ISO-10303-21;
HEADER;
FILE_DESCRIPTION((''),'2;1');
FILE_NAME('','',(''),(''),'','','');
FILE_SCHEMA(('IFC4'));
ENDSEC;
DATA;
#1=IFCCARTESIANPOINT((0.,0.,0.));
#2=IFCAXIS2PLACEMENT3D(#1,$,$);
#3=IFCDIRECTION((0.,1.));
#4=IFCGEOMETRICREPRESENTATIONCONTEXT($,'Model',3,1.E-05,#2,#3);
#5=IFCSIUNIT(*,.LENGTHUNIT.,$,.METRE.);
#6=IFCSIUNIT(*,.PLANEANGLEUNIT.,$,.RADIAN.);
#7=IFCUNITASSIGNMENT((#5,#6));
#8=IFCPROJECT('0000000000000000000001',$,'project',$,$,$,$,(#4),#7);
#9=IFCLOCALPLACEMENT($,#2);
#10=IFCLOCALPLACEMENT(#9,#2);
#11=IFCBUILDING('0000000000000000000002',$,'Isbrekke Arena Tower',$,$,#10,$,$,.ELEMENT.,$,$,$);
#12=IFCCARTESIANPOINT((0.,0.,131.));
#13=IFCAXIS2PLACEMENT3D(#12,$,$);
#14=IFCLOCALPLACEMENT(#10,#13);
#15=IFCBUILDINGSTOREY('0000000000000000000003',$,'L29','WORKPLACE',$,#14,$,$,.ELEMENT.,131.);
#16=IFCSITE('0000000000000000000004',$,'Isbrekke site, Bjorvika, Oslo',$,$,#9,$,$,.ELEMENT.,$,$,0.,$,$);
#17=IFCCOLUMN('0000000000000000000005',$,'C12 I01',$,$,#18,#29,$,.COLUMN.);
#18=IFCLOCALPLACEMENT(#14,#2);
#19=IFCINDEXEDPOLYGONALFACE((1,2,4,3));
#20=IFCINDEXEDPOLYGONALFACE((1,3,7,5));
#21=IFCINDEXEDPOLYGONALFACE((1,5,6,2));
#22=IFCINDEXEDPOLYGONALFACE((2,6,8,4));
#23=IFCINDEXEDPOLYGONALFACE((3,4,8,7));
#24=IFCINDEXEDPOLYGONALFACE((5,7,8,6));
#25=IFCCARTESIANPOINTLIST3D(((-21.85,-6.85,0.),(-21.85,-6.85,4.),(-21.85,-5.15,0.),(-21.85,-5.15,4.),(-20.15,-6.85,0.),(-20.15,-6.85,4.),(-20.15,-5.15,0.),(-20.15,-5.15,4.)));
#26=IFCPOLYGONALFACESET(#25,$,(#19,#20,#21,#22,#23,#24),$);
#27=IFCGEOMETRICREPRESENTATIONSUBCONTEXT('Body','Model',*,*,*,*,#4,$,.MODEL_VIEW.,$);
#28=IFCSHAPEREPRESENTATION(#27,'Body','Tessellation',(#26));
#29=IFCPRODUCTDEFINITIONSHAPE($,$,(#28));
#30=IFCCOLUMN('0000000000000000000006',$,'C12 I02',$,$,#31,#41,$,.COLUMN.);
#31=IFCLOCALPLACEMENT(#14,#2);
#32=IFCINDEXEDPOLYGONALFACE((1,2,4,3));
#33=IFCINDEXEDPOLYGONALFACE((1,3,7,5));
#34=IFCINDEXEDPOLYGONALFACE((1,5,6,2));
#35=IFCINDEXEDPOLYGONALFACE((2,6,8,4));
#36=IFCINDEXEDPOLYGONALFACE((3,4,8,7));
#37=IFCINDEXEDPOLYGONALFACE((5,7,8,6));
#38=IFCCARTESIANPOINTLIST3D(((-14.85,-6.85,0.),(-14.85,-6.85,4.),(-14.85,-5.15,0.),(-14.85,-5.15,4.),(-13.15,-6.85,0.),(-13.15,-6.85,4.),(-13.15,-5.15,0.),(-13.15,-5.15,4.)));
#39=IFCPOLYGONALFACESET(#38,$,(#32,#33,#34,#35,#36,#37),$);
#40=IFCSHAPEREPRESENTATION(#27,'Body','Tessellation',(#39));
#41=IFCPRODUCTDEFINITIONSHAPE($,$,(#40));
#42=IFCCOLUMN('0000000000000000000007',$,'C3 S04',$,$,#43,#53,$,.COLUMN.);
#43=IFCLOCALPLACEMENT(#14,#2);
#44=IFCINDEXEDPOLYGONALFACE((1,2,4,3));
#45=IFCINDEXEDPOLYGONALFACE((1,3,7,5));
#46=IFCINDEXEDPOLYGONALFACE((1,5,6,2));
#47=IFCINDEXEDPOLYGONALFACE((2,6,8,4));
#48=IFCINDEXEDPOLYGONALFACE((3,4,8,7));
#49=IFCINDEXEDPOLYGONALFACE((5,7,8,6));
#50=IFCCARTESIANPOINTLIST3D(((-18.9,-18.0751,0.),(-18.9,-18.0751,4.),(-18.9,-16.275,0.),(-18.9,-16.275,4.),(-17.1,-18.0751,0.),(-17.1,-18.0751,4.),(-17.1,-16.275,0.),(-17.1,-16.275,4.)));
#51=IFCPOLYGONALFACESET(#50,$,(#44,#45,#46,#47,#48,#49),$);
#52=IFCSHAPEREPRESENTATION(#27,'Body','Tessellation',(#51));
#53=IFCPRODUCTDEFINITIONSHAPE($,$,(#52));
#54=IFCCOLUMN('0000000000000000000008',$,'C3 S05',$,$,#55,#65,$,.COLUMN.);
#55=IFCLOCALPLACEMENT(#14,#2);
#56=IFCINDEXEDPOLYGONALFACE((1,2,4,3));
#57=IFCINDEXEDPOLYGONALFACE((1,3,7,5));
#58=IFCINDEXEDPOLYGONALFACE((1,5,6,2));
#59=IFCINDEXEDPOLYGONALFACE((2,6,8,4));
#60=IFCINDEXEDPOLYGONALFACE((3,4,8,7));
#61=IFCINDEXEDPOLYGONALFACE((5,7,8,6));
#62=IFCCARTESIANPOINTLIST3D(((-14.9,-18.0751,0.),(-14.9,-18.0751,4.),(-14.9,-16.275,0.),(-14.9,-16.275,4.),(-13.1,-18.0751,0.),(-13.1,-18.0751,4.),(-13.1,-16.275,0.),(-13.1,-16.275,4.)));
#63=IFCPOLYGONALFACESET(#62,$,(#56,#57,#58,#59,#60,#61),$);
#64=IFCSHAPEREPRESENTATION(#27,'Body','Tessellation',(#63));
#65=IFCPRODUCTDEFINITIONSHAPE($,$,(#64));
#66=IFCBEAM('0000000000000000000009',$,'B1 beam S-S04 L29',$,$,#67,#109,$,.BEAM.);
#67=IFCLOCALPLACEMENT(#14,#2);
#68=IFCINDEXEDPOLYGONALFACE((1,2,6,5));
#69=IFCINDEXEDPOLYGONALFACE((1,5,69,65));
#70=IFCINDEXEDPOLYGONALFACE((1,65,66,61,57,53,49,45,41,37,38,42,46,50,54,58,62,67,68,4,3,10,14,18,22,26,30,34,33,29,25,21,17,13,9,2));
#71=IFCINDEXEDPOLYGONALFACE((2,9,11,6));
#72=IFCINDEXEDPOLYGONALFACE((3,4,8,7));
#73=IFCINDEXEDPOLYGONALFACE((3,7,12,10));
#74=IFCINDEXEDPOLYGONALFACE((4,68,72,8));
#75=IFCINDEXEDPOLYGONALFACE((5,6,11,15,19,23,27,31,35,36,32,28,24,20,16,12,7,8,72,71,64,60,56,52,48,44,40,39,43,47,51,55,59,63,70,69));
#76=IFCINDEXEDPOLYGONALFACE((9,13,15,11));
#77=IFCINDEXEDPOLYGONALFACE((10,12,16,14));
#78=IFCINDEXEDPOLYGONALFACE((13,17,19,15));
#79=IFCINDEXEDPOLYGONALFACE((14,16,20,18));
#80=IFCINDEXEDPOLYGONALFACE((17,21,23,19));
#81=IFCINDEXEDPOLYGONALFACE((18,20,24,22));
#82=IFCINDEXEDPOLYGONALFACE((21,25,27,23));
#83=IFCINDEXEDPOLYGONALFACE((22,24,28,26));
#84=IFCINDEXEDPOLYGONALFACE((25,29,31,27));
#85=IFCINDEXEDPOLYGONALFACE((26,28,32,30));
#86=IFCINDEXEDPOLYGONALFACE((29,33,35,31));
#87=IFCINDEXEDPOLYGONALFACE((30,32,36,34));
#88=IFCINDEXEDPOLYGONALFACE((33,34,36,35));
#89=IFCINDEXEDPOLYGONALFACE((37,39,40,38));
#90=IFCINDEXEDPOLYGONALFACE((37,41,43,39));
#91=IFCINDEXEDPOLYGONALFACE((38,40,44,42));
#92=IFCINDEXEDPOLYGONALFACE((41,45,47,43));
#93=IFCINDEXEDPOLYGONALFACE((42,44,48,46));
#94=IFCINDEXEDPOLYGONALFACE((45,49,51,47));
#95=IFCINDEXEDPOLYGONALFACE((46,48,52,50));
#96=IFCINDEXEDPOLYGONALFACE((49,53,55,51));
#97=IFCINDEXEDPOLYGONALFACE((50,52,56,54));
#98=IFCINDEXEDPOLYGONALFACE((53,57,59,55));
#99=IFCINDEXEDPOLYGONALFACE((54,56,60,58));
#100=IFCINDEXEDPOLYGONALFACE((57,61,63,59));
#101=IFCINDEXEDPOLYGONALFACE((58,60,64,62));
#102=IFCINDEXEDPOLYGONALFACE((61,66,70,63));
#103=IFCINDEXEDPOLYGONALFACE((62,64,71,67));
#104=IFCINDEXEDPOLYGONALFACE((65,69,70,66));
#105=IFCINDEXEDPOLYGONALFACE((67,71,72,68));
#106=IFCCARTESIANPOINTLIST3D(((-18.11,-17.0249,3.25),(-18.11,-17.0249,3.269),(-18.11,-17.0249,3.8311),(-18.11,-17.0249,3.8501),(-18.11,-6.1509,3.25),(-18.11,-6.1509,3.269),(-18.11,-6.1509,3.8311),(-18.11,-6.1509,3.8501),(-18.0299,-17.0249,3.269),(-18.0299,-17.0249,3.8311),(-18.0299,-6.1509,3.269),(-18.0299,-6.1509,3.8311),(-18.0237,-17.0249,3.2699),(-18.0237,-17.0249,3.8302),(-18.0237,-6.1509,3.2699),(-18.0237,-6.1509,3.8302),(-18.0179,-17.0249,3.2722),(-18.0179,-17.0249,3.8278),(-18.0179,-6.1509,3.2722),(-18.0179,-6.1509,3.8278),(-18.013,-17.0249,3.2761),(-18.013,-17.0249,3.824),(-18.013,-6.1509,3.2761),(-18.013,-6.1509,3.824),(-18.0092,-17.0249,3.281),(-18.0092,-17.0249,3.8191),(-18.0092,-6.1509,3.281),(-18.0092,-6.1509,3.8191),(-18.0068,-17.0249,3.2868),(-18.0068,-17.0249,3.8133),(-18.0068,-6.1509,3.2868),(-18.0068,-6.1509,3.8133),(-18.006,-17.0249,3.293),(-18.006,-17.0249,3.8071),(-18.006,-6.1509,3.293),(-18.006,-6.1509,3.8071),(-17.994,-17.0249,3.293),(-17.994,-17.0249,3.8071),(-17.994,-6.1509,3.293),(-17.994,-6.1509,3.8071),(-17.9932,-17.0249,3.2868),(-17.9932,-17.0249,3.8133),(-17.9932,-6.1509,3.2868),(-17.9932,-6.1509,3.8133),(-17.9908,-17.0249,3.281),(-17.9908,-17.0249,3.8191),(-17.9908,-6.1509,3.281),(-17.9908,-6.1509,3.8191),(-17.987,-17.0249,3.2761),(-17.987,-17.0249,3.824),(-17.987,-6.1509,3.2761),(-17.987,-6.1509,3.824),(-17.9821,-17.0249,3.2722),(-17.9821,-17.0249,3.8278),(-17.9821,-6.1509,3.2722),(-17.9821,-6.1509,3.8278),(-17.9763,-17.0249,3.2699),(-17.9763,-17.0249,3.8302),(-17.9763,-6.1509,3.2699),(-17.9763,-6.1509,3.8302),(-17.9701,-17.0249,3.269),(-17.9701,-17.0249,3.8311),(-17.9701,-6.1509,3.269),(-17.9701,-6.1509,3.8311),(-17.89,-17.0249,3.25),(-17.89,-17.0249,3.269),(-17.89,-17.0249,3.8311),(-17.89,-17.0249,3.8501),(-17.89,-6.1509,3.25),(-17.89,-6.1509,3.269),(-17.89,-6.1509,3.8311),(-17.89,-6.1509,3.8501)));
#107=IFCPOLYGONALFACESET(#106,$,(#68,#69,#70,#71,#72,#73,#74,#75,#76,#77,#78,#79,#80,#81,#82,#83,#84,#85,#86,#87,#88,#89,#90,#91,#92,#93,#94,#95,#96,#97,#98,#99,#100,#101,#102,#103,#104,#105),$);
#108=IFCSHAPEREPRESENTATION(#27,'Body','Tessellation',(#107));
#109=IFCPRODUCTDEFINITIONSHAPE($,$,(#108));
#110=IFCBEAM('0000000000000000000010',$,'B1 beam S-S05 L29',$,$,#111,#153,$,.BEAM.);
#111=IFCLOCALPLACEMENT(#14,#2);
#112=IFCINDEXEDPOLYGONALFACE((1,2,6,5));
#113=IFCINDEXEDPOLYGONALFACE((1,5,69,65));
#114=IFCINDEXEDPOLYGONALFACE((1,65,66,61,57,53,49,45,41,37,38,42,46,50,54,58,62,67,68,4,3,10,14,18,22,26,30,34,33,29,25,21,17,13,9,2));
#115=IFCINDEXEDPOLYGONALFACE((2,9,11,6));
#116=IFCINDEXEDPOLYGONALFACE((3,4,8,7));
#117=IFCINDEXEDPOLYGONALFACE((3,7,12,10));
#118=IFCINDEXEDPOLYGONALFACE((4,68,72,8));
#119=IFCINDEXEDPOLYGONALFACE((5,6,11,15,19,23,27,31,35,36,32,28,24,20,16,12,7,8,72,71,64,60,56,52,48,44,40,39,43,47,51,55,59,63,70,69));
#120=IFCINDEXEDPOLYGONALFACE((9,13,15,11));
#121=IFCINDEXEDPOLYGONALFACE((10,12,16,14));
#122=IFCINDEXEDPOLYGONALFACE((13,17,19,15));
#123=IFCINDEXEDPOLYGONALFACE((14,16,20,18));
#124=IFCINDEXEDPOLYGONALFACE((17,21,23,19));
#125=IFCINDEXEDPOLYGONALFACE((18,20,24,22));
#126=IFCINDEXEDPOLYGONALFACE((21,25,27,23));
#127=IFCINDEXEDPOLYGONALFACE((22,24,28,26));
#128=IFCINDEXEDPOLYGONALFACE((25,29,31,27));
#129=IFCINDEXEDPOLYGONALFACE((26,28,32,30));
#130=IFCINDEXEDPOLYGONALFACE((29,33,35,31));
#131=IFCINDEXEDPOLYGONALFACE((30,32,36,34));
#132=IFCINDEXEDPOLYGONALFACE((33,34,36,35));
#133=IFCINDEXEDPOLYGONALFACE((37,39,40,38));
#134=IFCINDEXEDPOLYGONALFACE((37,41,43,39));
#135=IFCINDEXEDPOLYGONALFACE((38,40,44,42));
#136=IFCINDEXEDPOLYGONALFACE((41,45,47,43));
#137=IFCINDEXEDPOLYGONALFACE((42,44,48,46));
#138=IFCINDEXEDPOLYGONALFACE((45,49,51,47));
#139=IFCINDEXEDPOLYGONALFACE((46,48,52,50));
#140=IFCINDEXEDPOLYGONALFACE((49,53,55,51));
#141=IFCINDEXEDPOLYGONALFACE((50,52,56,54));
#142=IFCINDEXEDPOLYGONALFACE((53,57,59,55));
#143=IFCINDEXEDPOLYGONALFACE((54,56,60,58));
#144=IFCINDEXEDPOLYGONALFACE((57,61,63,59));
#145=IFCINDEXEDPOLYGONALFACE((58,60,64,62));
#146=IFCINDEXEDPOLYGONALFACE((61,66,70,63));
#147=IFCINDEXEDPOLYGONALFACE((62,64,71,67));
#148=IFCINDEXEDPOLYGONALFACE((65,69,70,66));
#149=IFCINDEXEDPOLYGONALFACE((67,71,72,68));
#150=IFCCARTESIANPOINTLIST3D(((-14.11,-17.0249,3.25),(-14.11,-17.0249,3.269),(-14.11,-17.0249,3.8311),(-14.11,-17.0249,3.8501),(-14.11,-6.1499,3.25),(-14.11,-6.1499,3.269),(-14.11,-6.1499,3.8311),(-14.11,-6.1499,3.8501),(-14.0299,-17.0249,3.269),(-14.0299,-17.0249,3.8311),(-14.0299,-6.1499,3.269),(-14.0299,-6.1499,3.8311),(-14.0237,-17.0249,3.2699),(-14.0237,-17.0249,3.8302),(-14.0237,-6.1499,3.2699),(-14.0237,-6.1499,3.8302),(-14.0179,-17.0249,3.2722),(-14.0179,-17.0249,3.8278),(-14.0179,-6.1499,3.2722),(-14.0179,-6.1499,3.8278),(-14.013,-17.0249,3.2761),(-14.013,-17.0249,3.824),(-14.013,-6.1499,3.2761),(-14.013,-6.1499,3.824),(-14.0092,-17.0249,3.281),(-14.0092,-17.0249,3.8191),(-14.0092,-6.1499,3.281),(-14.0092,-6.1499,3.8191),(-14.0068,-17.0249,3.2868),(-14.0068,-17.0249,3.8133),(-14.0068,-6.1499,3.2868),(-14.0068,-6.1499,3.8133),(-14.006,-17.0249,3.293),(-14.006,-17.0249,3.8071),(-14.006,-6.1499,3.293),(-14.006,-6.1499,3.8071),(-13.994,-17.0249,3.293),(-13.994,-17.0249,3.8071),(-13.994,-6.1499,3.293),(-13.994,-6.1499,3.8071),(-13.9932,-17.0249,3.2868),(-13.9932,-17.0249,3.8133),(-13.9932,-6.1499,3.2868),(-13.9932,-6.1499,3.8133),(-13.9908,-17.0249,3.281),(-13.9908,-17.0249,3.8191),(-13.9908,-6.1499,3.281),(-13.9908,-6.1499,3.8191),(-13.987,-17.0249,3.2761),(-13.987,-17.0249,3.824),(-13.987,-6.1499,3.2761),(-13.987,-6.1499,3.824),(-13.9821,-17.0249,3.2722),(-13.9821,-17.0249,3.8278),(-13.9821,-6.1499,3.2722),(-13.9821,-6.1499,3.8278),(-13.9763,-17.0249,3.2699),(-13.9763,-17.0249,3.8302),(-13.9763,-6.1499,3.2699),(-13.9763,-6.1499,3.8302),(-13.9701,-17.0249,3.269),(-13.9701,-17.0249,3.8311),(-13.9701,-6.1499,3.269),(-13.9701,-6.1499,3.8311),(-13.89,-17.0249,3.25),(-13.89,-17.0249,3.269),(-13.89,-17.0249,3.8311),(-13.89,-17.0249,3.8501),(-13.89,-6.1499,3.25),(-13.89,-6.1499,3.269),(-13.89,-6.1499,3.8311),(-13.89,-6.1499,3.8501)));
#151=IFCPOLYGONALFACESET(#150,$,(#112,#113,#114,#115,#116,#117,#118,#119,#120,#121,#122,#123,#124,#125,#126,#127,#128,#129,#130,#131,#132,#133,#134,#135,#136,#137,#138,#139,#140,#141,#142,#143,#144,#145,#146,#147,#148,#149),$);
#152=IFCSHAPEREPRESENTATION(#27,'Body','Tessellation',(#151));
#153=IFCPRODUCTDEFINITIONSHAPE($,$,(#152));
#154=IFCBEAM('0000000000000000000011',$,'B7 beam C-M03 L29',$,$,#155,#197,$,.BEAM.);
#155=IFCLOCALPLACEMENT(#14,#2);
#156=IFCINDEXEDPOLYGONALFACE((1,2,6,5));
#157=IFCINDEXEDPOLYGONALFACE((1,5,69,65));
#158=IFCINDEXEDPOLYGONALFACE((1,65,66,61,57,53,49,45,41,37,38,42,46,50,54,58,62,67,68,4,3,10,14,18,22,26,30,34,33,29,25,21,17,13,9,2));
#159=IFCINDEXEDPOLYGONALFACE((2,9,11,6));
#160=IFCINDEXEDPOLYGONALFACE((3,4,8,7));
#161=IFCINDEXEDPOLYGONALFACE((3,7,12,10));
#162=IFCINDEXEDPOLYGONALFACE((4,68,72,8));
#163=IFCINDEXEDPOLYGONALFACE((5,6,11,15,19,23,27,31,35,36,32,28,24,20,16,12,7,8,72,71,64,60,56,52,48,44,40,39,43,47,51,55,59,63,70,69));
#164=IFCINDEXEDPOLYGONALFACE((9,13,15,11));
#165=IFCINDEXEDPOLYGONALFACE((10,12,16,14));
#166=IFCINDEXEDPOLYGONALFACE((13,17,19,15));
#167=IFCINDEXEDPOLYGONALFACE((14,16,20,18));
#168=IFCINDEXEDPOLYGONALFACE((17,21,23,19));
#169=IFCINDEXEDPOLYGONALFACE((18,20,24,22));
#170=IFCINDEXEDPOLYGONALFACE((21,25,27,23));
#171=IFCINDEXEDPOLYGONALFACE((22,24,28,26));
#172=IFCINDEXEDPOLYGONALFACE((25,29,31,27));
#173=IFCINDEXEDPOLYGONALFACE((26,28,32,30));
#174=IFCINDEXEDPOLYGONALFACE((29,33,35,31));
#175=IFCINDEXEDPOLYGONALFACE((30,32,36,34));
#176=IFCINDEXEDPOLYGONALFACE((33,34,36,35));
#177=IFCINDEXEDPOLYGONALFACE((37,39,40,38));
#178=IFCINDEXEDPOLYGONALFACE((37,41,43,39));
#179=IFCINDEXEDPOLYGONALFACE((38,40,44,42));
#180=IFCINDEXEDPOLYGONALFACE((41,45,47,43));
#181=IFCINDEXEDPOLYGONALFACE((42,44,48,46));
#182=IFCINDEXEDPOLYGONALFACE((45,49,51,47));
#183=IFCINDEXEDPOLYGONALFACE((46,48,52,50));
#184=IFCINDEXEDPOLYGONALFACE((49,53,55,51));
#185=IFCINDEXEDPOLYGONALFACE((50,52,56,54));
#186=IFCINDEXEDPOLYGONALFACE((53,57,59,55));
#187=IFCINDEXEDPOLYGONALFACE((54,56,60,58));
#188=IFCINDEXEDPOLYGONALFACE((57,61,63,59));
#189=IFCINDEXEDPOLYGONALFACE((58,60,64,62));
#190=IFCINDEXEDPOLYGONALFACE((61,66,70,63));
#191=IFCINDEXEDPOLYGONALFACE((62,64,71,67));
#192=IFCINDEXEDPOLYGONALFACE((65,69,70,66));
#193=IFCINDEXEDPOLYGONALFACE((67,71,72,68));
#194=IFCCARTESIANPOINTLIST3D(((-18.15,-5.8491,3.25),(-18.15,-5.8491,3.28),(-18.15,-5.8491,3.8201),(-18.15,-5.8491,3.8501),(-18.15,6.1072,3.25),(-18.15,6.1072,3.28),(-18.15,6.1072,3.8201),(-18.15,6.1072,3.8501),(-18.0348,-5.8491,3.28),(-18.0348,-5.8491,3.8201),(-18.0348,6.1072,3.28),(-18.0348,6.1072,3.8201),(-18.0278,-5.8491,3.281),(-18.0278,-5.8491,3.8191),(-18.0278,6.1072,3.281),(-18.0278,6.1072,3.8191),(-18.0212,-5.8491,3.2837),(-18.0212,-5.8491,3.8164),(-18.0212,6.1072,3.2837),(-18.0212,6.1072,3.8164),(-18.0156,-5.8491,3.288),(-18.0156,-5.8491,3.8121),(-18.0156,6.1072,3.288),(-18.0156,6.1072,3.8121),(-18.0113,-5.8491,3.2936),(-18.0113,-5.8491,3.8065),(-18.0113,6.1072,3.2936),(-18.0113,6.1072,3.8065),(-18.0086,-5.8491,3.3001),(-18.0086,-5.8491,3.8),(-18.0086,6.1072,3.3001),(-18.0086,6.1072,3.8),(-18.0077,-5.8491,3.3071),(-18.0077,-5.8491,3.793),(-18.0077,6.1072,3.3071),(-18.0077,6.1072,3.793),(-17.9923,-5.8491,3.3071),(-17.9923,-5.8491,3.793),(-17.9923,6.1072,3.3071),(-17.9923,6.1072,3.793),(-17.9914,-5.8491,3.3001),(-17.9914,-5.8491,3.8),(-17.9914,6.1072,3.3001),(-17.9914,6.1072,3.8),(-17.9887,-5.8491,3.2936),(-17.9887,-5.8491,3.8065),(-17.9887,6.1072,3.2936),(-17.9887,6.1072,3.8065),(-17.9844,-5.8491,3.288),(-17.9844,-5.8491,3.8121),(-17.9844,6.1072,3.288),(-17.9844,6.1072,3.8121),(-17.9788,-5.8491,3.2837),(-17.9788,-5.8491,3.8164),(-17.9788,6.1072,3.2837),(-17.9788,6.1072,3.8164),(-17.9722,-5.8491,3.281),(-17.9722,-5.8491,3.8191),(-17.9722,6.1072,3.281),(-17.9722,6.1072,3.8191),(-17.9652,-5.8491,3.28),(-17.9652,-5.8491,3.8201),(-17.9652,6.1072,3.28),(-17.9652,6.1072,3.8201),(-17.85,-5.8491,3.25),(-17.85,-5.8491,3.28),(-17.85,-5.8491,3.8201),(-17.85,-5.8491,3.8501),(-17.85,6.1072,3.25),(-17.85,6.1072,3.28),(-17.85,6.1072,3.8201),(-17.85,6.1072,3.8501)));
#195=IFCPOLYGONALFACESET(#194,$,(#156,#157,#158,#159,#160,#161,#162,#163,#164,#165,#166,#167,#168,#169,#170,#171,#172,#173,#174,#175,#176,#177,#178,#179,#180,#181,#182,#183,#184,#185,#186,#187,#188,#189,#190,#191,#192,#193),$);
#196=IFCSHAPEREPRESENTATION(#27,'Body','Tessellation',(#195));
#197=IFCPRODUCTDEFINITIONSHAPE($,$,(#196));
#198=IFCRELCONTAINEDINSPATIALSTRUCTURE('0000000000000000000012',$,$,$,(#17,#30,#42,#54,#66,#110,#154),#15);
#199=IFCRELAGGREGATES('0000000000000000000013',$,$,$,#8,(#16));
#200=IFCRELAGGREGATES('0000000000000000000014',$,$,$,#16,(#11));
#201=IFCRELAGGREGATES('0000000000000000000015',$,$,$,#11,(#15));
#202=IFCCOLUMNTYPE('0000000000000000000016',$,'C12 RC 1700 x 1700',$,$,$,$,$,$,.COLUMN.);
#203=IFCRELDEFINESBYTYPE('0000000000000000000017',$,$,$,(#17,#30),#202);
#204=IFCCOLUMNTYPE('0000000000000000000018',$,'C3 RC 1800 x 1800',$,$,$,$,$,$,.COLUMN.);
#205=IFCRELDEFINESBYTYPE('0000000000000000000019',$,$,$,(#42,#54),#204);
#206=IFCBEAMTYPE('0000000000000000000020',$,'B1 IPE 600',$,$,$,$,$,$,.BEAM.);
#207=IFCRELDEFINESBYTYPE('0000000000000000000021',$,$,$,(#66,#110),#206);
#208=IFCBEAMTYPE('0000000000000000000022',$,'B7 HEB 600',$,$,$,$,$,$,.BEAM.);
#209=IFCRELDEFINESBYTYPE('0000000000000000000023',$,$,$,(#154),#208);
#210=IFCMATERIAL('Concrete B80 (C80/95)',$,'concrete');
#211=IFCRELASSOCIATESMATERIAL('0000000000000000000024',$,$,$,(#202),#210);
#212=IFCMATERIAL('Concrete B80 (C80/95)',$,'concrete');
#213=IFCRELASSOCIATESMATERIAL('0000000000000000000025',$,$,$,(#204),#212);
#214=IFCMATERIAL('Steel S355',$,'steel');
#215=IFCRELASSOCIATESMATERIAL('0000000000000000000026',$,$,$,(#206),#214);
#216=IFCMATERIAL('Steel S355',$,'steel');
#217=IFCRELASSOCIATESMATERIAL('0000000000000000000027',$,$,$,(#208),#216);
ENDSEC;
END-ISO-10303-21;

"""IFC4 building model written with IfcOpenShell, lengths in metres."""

from ifc_helpers import new_model, si_unit, direction, frame, origin, origin_2d, place, context, subcontext, project, spatial, rectangle, i_section, extrude, material, material_profile, profile_set, type_object, element, save


model = new_model("IFC4")

# Units and contexts
model_context = context("Model", 3, precision=1e-05, world=origin(), true_north=direction((0.0, 1.0)))
body_context = subcontext(model_context, "Body", "Model", "MODEL_VIEW")
ifc_project = project(units=[si_unit("LENGTHUNIT", "METRE"), si_unit("PLANEANGLEUNIT", "RADIAN")], contexts=[model_context])

# Site, building, storey
site_placement = place(None, origin())
site = spatial("IfcSite", under=ifc_project, at=site_placement, Name="Isbrekke site, Bjorvika, Oslo", CompositionType="ELEMENT", RefElevation=0.0)
building_placement = place(site_placement, origin())
building = spatial("IfcBuilding", under=site, at=building_placement, Name="Isbrekke Arena Tower", CompositionType="ELEMENT")
storey_placement = place(building_placement, frame((0.0, 0.0, 131.0)))
storey = spatial("IfcBuildingStorey", under=building, at=storey_placement, Name="L29", Description="WORKPLACE", CompositionType="ELEMENT", Elevation=131.0)

# Columns
ifc_material_1 = material(Name="Concrete B80 (C80/95)", Category="concrete")
ifc_material_profile_1 = material_profile(ifc_material_1, rectangle(XDim=1.7, YDim=1.7, at=origin_2d()), Name="RC 1700x1700")
ifc_profile_set_1 = profile_set([ifc_material_profile_1], Name="Concrete B80 (C80/95)")
column_type_1 = type_object("IfcColumnType", Name="C12 RC 1700 x 1700", PredefinedType="COLUMN", material=ifc_profile_set_1)
for number, where, z_axis, x_axis, name in (
    (1, (-21.0, -6.0, 0.0), (0.0, 0.0, 1.0), (1.0, 0.0, 0.0), "C12 I01"),
    (2, (-14.0, -6.0, 0.0), (0.0, 0.0, 1.0), (1.0, 0.0, 0.0), "C12 I02"),
):
    element("IfcColumn", number, at=place(storey_placement, frame(where, z_axis=z_axis, x_axis=x_axis)), inside=storey, type_object=column_type_1, Name=name, PredefinedType="COLUMN", context=body_context, shape_type="SweptSolid", body=[
        extrude(rectangle(XDim=1.7, YDim=1.7, at=origin_2d()), origin(), (0.0, 0.0, 1.0), 4.0),
    ])
ifc_material_2 = material(Name="Concrete B80 (C80/95)", Category="concrete")
ifc_material_profile_2 = material_profile(ifc_material_2, rectangle(XDim=1.8, YDim=1.8, at=origin_2d()), Name="RC 1800x1800")
ifc_profile_set_2 = profile_set([ifc_material_profile_2], Name="Concrete B80 (C80/95)")
column_type_2 = type_object("IfcColumnType", Name="C3 RC 1800 x 1800", PredefinedType="COLUMN", material=ifc_profile_set_2)
for number, where, z_axis, x_axis, name in (
    (3, (-18.0, -17.175, 0.0), (0.0, 0.0, 1.0), (1.0, 0.0, 0.0), "C3 S04"),
    (4, (-14.0, -17.175, 0.0), (0.0, 0.0, 1.0), (1.0, 0.0, 0.0), "C3 S05"),
):
    element("IfcColumn", number, at=place(storey_placement, frame(where, z_axis=z_axis, x_axis=x_axis)), inside=storey, type_object=column_type_2, Name=name, PredefinedType="COLUMN", context=body_context, shape_type="SweptSolid", body=[
        extrude(rectangle(XDim=1.8, YDim=1.8, at=origin_2d()), origin(), (0.0, 0.0, 1.0), 4.0),
    ])

# Beams
ifc_material_3 = material(Name="Steel S355", Category="steel")
ifc_material_profile_3 = material_profile(ifc_material_3, i_section(OverallWidth=0.22, OverallDepth=0.6001, WebThickness=0.012, FlangeThickness=0.019, FilletRadius=0.0239, at=origin_2d()), Name="IPE 600")
ifc_profile_set_3 = profile_set([ifc_material_profile_3], Name="Steel S355")
beam_type_1 = type_object("IfcBeamType", Name="B1 IPE 600", PredefinedType="BEAM", material=ifc_profile_set_3)
beam_1_placement = place(storey_placement, frame((-18.0, -17.0249, 3.55), z_axis=(0.0, 1.0, 0.0), x_axis=(-1.0, 0.0, 0.0)))
element("IfcBeam", 5, at=beam_1_placement, inside=storey, type_object=beam_type_1, Name="B1 beam S-S04 L29", PredefinedType="BEAM", context=body_context, shape_type="SweptSolid", body=[
    extrude(i_section(OverallWidth=0.22, OverallDepth=0.6001, WebThickness=0.012, FlangeThickness=0.019, FilletRadius=0.0239, at=origin_2d()), origin(), (0.0, 0.0, 1.0), 10.874),
])
beam_2_placement = place(storey_placement, frame((-14.0, -17.0249, 3.55), z_axis=(0.0, 1.0, 0.0), x_axis=(-1.0, 0.0, 0.0)))
element("IfcBeam", 6, at=beam_2_placement, inside=storey, type_object=beam_type_1, Name="B1 beam S-S05 L29", PredefinedType="BEAM", context=body_context, shape_type="SweptSolid", body=[
    extrude(i_section(OverallWidth=0.22, OverallDepth=0.6001, WebThickness=0.012, FlangeThickness=0.019, FilletRadius=0.0239, at=origin_2d()), origin(), (0.0, 0.0, 1.0), 10.875),
])
ifc_material_4 = material(Name="Steel S355", Category="steel")
ifc_material_profile_4 = material_profile(ifc_material_4, i_section(OverallWidth=0.3, OverallDepth=0.6001, WebThickness=0.0154, FlangeThickness=0.03, FilletRadius=0.0271, at=origin_2d()), Name="HEB 600")
ifc_profile_set_4 = profile_set([ifc_material_profile_4], Name="Steel S355")
beam_type_2 = type_object("IfcBeamType", Name="B7 HEB 600", PredefinedType="BEAM", material=ifc_profile_set_4)
beam_3_placement = place(storey_placement, frame((-18.0, -5.8491, 3.55), z_axis=(0.0, 1.0, 0.0), x_axis=(-1.0, 0.0, 0.0)))
element("IfcBeam", 7, at=beam_3_placement, inside=storey, type_object=beam_type_2, Name="B7 beam C-M03 L29", PredefinedType="BEAM", context=body_context, shape_type="SweptSolid", body=[
    extrude(i_section(OverallWidth=0.3, OverallDepth=0.6001, WebThickness=0.0154, FlangeThickness=0.03, FilletRadius=0.0271, at=origin_2d()), origin(), (0.0, 0.0, 1.0), 11.9563),
])

save(model, "model.ifc")
